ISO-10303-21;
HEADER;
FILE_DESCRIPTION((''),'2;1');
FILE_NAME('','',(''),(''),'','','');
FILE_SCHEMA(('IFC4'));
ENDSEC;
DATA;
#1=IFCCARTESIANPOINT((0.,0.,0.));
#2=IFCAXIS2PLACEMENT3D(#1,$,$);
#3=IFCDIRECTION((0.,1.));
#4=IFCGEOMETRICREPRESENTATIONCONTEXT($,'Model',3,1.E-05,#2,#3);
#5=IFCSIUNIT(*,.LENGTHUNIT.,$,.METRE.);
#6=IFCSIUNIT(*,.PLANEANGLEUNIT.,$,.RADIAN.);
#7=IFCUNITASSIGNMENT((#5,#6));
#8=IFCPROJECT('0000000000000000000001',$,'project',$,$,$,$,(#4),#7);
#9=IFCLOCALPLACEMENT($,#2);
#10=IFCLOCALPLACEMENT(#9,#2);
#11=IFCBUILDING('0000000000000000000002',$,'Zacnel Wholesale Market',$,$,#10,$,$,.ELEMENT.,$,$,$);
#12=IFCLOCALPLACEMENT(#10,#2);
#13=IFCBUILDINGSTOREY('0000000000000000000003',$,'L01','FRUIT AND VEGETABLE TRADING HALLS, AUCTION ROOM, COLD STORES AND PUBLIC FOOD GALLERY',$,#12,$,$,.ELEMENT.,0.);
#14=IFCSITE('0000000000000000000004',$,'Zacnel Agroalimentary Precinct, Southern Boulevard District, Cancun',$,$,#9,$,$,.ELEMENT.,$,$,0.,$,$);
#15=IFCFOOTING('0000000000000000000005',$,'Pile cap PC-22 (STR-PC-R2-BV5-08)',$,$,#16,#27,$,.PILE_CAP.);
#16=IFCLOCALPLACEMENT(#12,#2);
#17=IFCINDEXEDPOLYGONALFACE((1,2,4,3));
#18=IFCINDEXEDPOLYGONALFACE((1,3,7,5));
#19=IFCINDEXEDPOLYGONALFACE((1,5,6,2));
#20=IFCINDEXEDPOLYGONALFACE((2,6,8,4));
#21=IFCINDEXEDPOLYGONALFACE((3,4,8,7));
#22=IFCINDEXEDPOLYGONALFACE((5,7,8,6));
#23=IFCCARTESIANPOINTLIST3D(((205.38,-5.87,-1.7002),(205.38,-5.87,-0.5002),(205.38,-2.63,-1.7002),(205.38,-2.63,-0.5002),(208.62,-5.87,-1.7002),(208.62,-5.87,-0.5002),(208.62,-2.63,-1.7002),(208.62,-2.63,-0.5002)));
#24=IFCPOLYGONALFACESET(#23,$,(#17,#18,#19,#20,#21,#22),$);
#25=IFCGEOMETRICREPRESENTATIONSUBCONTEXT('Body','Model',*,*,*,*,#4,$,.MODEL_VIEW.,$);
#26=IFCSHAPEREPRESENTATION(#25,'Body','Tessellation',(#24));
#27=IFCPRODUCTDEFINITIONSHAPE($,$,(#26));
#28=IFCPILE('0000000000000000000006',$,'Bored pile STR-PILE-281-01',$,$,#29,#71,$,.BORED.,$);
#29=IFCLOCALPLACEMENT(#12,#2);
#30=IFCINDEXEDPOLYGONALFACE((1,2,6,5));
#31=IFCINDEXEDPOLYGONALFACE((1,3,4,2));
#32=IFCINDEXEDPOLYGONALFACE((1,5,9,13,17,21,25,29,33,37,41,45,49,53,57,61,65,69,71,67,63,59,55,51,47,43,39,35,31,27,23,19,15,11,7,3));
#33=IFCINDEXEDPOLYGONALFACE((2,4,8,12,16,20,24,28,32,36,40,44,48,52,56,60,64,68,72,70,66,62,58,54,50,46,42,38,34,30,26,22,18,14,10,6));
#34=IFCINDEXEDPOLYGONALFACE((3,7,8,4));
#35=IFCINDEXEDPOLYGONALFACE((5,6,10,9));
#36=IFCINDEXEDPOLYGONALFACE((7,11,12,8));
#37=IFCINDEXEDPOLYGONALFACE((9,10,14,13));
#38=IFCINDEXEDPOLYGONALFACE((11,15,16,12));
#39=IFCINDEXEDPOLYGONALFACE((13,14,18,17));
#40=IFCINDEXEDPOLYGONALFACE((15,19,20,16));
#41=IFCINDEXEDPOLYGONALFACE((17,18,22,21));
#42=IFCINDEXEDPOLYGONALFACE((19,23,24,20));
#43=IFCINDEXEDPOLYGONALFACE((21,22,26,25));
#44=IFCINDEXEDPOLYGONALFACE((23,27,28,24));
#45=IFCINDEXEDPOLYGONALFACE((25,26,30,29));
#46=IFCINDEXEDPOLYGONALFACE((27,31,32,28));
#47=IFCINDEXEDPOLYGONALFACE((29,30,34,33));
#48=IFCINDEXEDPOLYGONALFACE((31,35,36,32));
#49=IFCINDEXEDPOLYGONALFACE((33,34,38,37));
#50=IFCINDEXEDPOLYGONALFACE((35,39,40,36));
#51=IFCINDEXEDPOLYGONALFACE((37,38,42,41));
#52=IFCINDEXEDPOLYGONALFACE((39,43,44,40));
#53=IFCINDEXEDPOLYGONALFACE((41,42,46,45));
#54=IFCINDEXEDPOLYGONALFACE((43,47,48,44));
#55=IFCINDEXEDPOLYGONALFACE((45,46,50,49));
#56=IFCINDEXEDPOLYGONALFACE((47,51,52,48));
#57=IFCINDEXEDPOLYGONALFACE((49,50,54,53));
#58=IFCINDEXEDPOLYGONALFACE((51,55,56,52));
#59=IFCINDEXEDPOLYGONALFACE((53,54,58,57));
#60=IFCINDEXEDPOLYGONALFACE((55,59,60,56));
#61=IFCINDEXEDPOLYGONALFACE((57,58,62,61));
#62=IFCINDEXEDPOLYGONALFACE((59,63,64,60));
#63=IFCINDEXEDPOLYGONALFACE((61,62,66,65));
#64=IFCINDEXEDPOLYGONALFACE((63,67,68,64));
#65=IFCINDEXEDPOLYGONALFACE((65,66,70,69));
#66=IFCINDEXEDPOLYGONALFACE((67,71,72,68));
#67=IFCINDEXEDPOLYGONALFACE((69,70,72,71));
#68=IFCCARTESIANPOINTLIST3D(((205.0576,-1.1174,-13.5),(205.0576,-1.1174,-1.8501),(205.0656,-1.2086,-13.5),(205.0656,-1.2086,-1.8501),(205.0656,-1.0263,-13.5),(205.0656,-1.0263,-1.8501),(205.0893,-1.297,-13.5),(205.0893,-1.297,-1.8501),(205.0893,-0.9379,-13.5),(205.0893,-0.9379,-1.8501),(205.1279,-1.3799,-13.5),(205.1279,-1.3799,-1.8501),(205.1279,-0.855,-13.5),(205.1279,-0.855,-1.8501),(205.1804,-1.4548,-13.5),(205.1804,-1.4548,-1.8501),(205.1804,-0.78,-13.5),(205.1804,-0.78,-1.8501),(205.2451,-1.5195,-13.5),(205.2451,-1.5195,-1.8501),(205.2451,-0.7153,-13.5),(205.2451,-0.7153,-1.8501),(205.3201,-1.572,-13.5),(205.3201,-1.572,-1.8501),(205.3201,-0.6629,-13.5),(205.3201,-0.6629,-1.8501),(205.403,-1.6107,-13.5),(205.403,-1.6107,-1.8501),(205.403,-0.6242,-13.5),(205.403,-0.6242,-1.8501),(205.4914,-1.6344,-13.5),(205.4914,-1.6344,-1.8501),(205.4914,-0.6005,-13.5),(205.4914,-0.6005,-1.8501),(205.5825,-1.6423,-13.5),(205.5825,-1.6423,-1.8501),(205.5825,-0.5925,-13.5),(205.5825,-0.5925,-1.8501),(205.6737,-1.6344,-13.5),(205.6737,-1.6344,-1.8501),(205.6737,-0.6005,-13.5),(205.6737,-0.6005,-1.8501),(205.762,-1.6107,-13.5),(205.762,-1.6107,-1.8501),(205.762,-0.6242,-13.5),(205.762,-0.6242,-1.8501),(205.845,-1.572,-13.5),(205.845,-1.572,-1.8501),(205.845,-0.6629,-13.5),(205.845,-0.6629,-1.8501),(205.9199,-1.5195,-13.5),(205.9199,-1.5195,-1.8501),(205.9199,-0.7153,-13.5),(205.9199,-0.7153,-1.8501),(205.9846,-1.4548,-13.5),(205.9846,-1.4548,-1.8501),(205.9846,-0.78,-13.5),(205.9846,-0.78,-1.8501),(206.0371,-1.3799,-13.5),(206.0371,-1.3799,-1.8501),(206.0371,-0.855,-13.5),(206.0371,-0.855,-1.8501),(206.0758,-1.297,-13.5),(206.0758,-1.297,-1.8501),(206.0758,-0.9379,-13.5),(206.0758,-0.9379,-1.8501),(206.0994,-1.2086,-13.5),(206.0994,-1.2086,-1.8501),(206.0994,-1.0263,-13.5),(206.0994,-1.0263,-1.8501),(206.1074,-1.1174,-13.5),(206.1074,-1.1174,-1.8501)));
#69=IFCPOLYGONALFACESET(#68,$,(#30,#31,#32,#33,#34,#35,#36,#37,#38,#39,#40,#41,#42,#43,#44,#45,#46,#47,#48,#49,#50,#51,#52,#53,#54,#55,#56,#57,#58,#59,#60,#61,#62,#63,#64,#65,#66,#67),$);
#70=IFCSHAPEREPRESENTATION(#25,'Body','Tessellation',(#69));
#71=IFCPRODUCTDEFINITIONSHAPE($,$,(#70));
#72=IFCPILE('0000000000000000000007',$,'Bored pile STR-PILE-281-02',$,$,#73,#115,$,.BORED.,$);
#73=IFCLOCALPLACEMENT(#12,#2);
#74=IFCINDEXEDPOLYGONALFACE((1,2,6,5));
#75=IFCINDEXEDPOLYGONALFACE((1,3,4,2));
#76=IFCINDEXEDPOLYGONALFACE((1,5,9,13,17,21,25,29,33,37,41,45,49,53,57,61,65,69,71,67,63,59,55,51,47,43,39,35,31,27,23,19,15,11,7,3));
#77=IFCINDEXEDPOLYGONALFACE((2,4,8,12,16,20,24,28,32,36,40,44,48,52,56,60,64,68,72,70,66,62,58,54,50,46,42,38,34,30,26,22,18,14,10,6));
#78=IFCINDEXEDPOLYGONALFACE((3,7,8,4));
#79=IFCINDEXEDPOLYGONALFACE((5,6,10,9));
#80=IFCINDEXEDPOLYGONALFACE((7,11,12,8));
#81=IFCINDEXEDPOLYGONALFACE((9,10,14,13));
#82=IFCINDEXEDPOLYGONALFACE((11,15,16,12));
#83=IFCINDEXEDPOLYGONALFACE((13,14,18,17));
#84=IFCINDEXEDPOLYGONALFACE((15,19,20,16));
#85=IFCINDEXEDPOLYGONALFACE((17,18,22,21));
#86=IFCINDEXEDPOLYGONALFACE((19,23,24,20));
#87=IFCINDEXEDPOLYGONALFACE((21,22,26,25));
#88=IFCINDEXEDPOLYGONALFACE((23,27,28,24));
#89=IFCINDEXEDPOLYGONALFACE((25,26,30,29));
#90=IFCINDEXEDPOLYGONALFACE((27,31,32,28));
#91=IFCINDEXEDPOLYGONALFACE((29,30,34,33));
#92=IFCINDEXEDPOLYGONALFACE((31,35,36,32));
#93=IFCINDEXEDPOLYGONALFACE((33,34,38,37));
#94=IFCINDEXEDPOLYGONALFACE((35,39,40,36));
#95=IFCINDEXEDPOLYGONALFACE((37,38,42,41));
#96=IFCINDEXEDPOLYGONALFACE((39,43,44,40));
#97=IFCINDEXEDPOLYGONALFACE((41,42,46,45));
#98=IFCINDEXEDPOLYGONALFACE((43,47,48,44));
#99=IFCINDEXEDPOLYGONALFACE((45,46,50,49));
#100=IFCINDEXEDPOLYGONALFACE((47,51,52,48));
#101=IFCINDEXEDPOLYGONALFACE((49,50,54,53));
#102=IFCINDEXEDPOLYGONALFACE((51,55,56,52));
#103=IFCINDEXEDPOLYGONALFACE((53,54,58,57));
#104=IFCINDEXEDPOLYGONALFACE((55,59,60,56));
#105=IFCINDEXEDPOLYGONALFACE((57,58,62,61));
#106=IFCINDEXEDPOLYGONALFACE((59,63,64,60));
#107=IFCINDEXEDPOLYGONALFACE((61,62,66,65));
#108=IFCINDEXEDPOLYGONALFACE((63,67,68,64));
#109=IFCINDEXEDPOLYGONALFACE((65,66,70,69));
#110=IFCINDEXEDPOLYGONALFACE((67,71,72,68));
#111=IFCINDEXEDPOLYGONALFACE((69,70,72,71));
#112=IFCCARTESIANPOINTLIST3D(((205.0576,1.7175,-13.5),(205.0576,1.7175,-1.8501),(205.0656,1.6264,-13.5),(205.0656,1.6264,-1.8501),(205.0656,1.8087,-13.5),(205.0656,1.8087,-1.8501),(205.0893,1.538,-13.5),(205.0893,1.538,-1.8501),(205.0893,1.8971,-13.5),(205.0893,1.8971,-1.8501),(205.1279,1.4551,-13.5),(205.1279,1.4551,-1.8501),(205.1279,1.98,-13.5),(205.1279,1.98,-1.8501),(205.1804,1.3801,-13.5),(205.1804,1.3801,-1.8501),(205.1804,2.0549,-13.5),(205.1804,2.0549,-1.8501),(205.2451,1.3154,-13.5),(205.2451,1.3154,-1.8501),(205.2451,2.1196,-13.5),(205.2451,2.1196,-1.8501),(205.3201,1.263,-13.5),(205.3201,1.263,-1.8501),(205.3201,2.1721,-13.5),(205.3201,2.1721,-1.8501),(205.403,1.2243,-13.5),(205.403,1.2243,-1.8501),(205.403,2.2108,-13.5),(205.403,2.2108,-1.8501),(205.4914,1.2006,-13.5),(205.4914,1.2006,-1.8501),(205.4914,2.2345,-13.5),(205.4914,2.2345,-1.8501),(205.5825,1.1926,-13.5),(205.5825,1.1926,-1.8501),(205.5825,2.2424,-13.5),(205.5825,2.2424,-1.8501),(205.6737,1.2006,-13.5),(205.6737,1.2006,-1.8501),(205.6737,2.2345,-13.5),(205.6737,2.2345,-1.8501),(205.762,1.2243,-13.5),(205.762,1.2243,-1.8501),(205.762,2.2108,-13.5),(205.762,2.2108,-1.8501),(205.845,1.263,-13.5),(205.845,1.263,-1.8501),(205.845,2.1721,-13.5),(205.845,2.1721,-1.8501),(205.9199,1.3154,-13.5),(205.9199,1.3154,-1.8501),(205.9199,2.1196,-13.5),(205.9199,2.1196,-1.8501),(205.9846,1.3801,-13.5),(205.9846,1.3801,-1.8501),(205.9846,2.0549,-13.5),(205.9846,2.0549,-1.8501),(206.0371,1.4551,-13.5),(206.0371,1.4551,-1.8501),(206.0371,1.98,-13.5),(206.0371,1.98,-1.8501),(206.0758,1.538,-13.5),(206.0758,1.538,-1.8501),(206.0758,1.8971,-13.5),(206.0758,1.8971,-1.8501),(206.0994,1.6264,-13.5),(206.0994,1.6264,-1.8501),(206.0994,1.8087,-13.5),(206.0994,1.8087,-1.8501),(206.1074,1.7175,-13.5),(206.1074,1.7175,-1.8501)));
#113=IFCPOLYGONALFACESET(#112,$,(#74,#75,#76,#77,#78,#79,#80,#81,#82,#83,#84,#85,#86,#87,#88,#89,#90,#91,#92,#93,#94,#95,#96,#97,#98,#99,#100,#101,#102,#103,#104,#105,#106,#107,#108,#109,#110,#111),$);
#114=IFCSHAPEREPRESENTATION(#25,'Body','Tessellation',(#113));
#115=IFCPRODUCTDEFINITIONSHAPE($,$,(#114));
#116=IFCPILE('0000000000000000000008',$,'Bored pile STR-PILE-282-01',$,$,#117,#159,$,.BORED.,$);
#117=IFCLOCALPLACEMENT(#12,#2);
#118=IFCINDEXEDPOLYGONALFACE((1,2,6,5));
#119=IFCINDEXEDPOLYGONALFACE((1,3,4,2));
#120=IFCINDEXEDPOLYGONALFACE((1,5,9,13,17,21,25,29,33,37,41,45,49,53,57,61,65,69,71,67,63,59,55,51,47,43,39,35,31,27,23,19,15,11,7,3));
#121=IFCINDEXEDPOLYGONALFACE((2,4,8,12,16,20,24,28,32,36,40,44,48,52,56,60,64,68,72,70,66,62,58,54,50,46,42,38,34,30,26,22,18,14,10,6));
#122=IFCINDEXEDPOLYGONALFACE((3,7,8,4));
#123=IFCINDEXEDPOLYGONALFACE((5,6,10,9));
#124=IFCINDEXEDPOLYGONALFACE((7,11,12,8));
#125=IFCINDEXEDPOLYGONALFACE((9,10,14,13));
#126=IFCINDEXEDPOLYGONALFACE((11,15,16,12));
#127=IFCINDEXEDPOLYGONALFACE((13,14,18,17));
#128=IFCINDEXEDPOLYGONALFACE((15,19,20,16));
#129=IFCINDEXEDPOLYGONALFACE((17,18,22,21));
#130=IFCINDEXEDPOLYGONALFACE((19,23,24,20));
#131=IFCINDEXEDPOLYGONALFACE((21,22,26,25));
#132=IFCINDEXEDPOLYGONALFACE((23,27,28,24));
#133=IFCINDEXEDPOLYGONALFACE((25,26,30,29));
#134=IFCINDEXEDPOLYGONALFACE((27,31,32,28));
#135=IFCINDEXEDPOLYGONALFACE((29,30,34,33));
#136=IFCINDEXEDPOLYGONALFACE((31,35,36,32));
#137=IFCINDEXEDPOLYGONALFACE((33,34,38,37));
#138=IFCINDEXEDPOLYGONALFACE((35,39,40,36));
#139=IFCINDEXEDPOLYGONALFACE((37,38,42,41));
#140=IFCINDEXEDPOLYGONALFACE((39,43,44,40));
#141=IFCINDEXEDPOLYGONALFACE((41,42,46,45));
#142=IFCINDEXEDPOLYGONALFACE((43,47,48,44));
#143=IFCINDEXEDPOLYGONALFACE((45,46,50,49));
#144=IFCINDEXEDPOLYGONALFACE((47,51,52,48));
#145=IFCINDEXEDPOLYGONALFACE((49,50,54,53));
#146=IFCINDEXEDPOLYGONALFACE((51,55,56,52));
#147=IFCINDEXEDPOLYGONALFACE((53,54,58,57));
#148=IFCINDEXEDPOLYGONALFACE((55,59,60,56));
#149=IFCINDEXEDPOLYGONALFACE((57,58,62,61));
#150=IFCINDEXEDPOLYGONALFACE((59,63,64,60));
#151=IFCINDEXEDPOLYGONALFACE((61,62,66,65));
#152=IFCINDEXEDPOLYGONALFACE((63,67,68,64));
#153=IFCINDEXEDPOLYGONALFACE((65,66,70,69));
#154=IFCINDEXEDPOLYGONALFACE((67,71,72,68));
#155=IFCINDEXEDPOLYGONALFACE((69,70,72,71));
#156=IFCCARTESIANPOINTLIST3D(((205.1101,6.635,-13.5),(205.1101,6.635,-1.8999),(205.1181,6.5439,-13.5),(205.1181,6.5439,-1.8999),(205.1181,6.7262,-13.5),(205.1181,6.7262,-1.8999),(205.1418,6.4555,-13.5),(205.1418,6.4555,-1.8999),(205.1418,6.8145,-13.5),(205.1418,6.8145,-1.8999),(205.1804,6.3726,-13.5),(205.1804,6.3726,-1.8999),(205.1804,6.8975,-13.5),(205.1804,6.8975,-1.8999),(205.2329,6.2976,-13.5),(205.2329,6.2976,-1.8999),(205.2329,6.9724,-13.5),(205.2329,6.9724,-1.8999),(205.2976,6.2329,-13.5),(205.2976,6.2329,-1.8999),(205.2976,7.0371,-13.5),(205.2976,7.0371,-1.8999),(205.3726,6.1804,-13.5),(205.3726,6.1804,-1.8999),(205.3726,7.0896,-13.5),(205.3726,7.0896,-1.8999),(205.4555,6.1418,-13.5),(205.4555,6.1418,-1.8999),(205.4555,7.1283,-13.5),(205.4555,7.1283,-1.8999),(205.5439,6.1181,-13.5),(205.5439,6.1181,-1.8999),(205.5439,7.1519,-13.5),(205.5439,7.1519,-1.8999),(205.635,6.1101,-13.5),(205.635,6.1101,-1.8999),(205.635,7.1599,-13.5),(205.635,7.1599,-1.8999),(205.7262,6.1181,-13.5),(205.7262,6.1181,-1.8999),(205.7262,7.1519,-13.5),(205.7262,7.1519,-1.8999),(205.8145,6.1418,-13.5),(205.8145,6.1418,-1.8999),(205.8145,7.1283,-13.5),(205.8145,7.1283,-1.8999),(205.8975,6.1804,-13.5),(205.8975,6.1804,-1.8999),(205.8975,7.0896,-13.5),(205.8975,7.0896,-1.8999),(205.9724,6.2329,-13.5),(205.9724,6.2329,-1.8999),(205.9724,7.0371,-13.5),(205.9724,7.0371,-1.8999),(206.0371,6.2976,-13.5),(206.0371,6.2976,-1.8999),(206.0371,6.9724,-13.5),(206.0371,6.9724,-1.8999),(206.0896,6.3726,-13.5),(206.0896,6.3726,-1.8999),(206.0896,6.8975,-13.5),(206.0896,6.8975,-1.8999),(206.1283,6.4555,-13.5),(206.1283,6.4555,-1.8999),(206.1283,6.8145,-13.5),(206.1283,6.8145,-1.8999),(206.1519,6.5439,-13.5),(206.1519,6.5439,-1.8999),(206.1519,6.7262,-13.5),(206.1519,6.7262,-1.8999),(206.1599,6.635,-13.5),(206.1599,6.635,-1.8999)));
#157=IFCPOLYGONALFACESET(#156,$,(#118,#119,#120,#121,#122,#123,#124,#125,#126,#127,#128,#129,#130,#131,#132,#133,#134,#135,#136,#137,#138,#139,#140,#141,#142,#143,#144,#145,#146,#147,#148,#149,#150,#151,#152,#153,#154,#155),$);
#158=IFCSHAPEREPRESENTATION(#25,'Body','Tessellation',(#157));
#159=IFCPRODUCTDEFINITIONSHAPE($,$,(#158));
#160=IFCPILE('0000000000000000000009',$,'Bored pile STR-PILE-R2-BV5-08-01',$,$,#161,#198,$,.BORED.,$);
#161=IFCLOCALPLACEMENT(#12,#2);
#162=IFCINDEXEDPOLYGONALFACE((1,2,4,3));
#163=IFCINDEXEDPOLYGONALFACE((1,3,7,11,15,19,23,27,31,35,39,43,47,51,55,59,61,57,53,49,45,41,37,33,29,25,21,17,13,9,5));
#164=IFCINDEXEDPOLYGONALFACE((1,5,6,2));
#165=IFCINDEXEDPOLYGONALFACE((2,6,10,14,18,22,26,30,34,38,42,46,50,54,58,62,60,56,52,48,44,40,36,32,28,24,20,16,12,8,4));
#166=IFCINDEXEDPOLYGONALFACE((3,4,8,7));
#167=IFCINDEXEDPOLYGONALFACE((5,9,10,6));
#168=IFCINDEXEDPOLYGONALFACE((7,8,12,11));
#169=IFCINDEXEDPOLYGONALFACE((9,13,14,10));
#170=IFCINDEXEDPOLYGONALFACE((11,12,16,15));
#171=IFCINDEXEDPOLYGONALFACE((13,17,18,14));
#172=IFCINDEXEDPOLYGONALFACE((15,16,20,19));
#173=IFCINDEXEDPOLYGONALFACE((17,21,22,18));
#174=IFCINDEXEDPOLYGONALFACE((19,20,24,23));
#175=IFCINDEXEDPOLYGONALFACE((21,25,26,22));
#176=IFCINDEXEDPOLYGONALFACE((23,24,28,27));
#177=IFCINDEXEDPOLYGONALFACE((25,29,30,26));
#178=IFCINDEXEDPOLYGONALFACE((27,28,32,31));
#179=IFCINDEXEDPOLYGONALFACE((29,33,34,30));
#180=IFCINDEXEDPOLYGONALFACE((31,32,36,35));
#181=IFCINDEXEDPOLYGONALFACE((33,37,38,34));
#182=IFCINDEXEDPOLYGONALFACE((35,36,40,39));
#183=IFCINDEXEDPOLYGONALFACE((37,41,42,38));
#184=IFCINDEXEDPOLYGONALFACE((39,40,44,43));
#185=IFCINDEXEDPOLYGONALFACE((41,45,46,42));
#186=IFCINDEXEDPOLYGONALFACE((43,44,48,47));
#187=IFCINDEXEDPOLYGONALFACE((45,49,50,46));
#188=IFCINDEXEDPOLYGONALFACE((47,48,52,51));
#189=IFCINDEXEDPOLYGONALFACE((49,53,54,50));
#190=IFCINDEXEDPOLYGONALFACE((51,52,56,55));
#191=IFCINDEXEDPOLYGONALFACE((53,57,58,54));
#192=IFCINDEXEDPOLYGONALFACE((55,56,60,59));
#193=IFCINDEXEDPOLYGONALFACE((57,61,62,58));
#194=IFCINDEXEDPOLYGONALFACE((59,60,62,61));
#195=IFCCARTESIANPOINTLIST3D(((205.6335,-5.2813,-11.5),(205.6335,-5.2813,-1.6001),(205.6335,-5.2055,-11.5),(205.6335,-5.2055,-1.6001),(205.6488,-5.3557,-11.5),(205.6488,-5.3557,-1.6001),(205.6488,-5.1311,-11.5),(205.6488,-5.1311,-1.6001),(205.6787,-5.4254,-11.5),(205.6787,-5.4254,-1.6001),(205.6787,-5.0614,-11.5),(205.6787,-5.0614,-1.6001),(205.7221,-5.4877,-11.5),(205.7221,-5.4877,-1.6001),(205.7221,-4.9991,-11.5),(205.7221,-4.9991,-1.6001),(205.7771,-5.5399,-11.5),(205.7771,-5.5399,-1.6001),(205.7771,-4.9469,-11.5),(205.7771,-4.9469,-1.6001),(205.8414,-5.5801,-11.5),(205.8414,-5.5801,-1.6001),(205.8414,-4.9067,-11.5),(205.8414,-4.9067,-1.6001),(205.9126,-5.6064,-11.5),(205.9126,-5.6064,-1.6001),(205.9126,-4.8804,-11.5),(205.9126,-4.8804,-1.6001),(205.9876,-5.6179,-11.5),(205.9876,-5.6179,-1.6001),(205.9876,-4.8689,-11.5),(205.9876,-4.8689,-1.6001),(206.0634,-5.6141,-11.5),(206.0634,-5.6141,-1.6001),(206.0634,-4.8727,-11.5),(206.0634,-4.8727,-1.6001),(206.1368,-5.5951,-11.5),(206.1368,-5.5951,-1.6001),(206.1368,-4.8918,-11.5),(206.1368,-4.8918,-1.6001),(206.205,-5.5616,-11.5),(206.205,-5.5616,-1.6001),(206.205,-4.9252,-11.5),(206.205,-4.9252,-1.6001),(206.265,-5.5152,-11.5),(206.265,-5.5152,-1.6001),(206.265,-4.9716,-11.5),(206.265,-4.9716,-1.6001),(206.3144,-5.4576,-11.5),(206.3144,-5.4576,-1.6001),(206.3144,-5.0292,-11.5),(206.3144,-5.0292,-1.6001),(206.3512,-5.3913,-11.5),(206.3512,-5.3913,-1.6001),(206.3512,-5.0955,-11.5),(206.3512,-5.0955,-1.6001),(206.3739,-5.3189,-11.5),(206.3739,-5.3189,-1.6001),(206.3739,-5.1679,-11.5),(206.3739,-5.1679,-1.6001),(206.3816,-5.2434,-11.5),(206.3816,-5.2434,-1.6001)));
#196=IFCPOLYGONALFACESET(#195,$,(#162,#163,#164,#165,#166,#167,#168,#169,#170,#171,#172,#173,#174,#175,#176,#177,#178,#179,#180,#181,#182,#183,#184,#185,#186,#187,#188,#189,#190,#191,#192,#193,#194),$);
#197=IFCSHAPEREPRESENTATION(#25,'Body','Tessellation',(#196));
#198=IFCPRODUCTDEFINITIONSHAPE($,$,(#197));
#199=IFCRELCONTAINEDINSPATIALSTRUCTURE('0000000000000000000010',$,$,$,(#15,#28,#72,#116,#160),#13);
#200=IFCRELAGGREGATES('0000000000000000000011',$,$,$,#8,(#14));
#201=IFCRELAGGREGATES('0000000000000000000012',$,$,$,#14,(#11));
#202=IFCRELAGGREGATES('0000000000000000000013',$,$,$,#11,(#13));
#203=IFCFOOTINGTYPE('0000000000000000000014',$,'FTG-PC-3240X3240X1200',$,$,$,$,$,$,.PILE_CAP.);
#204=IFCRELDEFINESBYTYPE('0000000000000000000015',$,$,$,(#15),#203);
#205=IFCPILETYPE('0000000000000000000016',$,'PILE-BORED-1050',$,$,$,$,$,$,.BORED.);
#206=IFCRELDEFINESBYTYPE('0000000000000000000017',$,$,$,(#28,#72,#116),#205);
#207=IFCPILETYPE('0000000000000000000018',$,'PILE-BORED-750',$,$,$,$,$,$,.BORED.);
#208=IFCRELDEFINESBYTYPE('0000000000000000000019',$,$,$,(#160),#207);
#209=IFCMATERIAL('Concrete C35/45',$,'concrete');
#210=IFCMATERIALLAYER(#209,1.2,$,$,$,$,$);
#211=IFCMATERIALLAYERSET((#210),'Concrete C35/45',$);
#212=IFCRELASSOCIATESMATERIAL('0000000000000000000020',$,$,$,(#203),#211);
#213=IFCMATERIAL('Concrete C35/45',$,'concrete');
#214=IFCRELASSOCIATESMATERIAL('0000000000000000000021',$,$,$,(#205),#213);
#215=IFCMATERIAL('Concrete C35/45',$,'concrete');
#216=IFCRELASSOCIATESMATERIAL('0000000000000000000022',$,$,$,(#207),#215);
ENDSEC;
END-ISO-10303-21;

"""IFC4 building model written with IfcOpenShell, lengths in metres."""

from ifc_helpers import new_model, si_unit, direction, frame, origin, origin_2d, place, context, subcontext, project, spatial, rectangle, circle, extrude, material, layer, layer_set, material_profile, profile_set, type_object, element, save


model = new_model("IFC4")

# Units and contexts
model_context = context("Model", 3, precision=1e-05, world=origin(), true_north=direction((0.0, 1.0)))
body_context = subcontext(model_context, "Body", "Model", "MODEL_VIEW")
ifc_project = project(units=[si_unit("LENGTHUNIT", "METRE"), si_unit("PLANEANGLEUNIT", "RADIAN")], contexts=[model_context])

# Site, building, storey
site_placement = place(None, origin())
site = spatial("IfcSite", under=ifc_project, at=site_placement, Name="Zacnel Agroalimentary Precinct, Southern Boulevard District, Cancun", CompositionType="ELEMENT", RefElevation=0.0)
building_placement = place(site_placement, origin())
building = spatial("IfcBuilding", under=site, at=building_placement, Name="Zacnel Wholesale Market", CompositionType="ELEMENT")
storey_placement = place(building_placement, origin())
storey = spatial("IfcBuildingStorey", under=building, at=storey_placement, Name="L01", Description="FRUIT AND VEGETABLE TRADING HALLS, AUCTION ROOM, COLD STORES AND PUBLIC FOOD GALLERY", CompositionType="ELEMENT", Elevation=0.0)

# Footing
ifc_material_1 = material(Name="Concrete C35/45", Category="concrete")
ifc_layer_1 = layer(ifc_material_1, 1.2)
ifc_layer_set_1 = layer_set([ifc_layer_1], Name="Concrete C35/45")
footing_type = type_object("IfcFootingType", Name="FTG-PC-3240X3240X1200", PredefinedType="PILE_CAP", material=ifc_layer_set_1)
footing_placement = place(storey_placement, frame((207.0, -4.25, -1.7002), z_axis=(0.0, 0.0, 1.0), x_axis=(1.0, 0.0, 0.0)))
element("IfcFooting", 1, at=footing_placement, inside=storey, type_object=footing_type, Name="Pile cap PC-22 (STR-PC-R2-BV5-08)", PredefinedType="PILE_CAP", context=body_context, shape_type="SweptSolid", body=[
    extrude(rectangle(XDim=3.24, YDim=3.24, at=origin_2d()), origin(), (0.0, 0.0, 1.0), 1.2),
])

# Piles
ifc_material_2 = material(Name="Concrete C35/45", Category="concrete")
ifc_material_profile_1 = material_profile(ifc_material_2, circle(Radius=0.5249, at=origin_2d()), Name="BORED PILE D1050")
ifc_profile_set_1 = profile_set([ifc_material_profile_1], Name="Concrete C35/45")
pile_type_1 = type_object("IfcPileType", Name="PILE-BORED-1050", PredefinedType="BORED", material=ifc_profile_set_1)
for number, where, z_axis, x_axis, name in (
    (2, (205.5825, -1.1174, -1.8501), (0.0, 0.0, -1.0), (1.0, 0.0, 0.0), "Bored pile STR-PILE-281-01"),
    (3, (205.5825, 1.7175, -1.8501), (0.0, 0.0, -1.0), (1.0, 0.0, 0.0), "Bored pile STR-PILE-281-02"),
):
    element("IfcPile", number, at=place(storey_placement, frame(where, z_axis=z_axis, x_axis=x_axis)), inside=storey, type_object=pile_type_1, Name=name, PredefinedType="BORED", context=body_context, shape_type="SweptSolid", body=[
        extrude(circle(Radius=0.5249, at=origin_2d()), origin(), (0.0, 0.0, 1.0), 11.6499),
    ])
pile_placement = place(storey_placement, frame((205.635, 6.635, -1.8999), z_axis=(0.0, 0.0, -1.0), x_axis=(1.0, 0.0, 0.0)))
element("IfcPile", 4, at=pile_placement, inside=storey, type_object=pile_type_1, Name="Bored pile STR-PILE-282-01", PredefinedType="BORED", context=body_context, shape_type="SweptSolid", body=[
    extrude(circle(Radius=0.5249, at=origin_2d()), origin(), (0.0, 0.0, 1.0), 11.6001),
])
ifc_material_3 = material(Name="Concrete C35/45", Category="concrete")
ifc_material_profile_2 = material_profile(ifc_material_3, circle(Radius=0.375, at=origin_2d()), Name="BORED PILE D750")
ifc_profile_set_2 = profile_set([ifc_material_profile_2], Name="Concrete C35/45")
pile_type_2 = type_object("IfcPileType", Name="PILE-BORED-750", PredefinedType="BORED", material=ifc_profile_set_2)
for number, where, z_axis, x_axis, name in (
    (5, (206.0066, -5.2434, -1.6001), (0.0, 0.0, -1.0), (1.0, 0.0, 0.0), "Bored pile STR-PILE-R2-BV5-08-01"),
):
    element("IfcPile", number, at=place(storey_placement, frame(where, z_axis=z_axis, x_axis=x_axis)), inside=storey, type_object=pile_type_2, Name=name, PredefinedType="BORED", context=body_context, shape_type="SweptSolid", body=[
        extrude(circle(Radius=0.375, at=origin_2d()), origin(), (0.0, 0.0, 1.0), 9.8999),
    ])

save(model, "model.ifc")
